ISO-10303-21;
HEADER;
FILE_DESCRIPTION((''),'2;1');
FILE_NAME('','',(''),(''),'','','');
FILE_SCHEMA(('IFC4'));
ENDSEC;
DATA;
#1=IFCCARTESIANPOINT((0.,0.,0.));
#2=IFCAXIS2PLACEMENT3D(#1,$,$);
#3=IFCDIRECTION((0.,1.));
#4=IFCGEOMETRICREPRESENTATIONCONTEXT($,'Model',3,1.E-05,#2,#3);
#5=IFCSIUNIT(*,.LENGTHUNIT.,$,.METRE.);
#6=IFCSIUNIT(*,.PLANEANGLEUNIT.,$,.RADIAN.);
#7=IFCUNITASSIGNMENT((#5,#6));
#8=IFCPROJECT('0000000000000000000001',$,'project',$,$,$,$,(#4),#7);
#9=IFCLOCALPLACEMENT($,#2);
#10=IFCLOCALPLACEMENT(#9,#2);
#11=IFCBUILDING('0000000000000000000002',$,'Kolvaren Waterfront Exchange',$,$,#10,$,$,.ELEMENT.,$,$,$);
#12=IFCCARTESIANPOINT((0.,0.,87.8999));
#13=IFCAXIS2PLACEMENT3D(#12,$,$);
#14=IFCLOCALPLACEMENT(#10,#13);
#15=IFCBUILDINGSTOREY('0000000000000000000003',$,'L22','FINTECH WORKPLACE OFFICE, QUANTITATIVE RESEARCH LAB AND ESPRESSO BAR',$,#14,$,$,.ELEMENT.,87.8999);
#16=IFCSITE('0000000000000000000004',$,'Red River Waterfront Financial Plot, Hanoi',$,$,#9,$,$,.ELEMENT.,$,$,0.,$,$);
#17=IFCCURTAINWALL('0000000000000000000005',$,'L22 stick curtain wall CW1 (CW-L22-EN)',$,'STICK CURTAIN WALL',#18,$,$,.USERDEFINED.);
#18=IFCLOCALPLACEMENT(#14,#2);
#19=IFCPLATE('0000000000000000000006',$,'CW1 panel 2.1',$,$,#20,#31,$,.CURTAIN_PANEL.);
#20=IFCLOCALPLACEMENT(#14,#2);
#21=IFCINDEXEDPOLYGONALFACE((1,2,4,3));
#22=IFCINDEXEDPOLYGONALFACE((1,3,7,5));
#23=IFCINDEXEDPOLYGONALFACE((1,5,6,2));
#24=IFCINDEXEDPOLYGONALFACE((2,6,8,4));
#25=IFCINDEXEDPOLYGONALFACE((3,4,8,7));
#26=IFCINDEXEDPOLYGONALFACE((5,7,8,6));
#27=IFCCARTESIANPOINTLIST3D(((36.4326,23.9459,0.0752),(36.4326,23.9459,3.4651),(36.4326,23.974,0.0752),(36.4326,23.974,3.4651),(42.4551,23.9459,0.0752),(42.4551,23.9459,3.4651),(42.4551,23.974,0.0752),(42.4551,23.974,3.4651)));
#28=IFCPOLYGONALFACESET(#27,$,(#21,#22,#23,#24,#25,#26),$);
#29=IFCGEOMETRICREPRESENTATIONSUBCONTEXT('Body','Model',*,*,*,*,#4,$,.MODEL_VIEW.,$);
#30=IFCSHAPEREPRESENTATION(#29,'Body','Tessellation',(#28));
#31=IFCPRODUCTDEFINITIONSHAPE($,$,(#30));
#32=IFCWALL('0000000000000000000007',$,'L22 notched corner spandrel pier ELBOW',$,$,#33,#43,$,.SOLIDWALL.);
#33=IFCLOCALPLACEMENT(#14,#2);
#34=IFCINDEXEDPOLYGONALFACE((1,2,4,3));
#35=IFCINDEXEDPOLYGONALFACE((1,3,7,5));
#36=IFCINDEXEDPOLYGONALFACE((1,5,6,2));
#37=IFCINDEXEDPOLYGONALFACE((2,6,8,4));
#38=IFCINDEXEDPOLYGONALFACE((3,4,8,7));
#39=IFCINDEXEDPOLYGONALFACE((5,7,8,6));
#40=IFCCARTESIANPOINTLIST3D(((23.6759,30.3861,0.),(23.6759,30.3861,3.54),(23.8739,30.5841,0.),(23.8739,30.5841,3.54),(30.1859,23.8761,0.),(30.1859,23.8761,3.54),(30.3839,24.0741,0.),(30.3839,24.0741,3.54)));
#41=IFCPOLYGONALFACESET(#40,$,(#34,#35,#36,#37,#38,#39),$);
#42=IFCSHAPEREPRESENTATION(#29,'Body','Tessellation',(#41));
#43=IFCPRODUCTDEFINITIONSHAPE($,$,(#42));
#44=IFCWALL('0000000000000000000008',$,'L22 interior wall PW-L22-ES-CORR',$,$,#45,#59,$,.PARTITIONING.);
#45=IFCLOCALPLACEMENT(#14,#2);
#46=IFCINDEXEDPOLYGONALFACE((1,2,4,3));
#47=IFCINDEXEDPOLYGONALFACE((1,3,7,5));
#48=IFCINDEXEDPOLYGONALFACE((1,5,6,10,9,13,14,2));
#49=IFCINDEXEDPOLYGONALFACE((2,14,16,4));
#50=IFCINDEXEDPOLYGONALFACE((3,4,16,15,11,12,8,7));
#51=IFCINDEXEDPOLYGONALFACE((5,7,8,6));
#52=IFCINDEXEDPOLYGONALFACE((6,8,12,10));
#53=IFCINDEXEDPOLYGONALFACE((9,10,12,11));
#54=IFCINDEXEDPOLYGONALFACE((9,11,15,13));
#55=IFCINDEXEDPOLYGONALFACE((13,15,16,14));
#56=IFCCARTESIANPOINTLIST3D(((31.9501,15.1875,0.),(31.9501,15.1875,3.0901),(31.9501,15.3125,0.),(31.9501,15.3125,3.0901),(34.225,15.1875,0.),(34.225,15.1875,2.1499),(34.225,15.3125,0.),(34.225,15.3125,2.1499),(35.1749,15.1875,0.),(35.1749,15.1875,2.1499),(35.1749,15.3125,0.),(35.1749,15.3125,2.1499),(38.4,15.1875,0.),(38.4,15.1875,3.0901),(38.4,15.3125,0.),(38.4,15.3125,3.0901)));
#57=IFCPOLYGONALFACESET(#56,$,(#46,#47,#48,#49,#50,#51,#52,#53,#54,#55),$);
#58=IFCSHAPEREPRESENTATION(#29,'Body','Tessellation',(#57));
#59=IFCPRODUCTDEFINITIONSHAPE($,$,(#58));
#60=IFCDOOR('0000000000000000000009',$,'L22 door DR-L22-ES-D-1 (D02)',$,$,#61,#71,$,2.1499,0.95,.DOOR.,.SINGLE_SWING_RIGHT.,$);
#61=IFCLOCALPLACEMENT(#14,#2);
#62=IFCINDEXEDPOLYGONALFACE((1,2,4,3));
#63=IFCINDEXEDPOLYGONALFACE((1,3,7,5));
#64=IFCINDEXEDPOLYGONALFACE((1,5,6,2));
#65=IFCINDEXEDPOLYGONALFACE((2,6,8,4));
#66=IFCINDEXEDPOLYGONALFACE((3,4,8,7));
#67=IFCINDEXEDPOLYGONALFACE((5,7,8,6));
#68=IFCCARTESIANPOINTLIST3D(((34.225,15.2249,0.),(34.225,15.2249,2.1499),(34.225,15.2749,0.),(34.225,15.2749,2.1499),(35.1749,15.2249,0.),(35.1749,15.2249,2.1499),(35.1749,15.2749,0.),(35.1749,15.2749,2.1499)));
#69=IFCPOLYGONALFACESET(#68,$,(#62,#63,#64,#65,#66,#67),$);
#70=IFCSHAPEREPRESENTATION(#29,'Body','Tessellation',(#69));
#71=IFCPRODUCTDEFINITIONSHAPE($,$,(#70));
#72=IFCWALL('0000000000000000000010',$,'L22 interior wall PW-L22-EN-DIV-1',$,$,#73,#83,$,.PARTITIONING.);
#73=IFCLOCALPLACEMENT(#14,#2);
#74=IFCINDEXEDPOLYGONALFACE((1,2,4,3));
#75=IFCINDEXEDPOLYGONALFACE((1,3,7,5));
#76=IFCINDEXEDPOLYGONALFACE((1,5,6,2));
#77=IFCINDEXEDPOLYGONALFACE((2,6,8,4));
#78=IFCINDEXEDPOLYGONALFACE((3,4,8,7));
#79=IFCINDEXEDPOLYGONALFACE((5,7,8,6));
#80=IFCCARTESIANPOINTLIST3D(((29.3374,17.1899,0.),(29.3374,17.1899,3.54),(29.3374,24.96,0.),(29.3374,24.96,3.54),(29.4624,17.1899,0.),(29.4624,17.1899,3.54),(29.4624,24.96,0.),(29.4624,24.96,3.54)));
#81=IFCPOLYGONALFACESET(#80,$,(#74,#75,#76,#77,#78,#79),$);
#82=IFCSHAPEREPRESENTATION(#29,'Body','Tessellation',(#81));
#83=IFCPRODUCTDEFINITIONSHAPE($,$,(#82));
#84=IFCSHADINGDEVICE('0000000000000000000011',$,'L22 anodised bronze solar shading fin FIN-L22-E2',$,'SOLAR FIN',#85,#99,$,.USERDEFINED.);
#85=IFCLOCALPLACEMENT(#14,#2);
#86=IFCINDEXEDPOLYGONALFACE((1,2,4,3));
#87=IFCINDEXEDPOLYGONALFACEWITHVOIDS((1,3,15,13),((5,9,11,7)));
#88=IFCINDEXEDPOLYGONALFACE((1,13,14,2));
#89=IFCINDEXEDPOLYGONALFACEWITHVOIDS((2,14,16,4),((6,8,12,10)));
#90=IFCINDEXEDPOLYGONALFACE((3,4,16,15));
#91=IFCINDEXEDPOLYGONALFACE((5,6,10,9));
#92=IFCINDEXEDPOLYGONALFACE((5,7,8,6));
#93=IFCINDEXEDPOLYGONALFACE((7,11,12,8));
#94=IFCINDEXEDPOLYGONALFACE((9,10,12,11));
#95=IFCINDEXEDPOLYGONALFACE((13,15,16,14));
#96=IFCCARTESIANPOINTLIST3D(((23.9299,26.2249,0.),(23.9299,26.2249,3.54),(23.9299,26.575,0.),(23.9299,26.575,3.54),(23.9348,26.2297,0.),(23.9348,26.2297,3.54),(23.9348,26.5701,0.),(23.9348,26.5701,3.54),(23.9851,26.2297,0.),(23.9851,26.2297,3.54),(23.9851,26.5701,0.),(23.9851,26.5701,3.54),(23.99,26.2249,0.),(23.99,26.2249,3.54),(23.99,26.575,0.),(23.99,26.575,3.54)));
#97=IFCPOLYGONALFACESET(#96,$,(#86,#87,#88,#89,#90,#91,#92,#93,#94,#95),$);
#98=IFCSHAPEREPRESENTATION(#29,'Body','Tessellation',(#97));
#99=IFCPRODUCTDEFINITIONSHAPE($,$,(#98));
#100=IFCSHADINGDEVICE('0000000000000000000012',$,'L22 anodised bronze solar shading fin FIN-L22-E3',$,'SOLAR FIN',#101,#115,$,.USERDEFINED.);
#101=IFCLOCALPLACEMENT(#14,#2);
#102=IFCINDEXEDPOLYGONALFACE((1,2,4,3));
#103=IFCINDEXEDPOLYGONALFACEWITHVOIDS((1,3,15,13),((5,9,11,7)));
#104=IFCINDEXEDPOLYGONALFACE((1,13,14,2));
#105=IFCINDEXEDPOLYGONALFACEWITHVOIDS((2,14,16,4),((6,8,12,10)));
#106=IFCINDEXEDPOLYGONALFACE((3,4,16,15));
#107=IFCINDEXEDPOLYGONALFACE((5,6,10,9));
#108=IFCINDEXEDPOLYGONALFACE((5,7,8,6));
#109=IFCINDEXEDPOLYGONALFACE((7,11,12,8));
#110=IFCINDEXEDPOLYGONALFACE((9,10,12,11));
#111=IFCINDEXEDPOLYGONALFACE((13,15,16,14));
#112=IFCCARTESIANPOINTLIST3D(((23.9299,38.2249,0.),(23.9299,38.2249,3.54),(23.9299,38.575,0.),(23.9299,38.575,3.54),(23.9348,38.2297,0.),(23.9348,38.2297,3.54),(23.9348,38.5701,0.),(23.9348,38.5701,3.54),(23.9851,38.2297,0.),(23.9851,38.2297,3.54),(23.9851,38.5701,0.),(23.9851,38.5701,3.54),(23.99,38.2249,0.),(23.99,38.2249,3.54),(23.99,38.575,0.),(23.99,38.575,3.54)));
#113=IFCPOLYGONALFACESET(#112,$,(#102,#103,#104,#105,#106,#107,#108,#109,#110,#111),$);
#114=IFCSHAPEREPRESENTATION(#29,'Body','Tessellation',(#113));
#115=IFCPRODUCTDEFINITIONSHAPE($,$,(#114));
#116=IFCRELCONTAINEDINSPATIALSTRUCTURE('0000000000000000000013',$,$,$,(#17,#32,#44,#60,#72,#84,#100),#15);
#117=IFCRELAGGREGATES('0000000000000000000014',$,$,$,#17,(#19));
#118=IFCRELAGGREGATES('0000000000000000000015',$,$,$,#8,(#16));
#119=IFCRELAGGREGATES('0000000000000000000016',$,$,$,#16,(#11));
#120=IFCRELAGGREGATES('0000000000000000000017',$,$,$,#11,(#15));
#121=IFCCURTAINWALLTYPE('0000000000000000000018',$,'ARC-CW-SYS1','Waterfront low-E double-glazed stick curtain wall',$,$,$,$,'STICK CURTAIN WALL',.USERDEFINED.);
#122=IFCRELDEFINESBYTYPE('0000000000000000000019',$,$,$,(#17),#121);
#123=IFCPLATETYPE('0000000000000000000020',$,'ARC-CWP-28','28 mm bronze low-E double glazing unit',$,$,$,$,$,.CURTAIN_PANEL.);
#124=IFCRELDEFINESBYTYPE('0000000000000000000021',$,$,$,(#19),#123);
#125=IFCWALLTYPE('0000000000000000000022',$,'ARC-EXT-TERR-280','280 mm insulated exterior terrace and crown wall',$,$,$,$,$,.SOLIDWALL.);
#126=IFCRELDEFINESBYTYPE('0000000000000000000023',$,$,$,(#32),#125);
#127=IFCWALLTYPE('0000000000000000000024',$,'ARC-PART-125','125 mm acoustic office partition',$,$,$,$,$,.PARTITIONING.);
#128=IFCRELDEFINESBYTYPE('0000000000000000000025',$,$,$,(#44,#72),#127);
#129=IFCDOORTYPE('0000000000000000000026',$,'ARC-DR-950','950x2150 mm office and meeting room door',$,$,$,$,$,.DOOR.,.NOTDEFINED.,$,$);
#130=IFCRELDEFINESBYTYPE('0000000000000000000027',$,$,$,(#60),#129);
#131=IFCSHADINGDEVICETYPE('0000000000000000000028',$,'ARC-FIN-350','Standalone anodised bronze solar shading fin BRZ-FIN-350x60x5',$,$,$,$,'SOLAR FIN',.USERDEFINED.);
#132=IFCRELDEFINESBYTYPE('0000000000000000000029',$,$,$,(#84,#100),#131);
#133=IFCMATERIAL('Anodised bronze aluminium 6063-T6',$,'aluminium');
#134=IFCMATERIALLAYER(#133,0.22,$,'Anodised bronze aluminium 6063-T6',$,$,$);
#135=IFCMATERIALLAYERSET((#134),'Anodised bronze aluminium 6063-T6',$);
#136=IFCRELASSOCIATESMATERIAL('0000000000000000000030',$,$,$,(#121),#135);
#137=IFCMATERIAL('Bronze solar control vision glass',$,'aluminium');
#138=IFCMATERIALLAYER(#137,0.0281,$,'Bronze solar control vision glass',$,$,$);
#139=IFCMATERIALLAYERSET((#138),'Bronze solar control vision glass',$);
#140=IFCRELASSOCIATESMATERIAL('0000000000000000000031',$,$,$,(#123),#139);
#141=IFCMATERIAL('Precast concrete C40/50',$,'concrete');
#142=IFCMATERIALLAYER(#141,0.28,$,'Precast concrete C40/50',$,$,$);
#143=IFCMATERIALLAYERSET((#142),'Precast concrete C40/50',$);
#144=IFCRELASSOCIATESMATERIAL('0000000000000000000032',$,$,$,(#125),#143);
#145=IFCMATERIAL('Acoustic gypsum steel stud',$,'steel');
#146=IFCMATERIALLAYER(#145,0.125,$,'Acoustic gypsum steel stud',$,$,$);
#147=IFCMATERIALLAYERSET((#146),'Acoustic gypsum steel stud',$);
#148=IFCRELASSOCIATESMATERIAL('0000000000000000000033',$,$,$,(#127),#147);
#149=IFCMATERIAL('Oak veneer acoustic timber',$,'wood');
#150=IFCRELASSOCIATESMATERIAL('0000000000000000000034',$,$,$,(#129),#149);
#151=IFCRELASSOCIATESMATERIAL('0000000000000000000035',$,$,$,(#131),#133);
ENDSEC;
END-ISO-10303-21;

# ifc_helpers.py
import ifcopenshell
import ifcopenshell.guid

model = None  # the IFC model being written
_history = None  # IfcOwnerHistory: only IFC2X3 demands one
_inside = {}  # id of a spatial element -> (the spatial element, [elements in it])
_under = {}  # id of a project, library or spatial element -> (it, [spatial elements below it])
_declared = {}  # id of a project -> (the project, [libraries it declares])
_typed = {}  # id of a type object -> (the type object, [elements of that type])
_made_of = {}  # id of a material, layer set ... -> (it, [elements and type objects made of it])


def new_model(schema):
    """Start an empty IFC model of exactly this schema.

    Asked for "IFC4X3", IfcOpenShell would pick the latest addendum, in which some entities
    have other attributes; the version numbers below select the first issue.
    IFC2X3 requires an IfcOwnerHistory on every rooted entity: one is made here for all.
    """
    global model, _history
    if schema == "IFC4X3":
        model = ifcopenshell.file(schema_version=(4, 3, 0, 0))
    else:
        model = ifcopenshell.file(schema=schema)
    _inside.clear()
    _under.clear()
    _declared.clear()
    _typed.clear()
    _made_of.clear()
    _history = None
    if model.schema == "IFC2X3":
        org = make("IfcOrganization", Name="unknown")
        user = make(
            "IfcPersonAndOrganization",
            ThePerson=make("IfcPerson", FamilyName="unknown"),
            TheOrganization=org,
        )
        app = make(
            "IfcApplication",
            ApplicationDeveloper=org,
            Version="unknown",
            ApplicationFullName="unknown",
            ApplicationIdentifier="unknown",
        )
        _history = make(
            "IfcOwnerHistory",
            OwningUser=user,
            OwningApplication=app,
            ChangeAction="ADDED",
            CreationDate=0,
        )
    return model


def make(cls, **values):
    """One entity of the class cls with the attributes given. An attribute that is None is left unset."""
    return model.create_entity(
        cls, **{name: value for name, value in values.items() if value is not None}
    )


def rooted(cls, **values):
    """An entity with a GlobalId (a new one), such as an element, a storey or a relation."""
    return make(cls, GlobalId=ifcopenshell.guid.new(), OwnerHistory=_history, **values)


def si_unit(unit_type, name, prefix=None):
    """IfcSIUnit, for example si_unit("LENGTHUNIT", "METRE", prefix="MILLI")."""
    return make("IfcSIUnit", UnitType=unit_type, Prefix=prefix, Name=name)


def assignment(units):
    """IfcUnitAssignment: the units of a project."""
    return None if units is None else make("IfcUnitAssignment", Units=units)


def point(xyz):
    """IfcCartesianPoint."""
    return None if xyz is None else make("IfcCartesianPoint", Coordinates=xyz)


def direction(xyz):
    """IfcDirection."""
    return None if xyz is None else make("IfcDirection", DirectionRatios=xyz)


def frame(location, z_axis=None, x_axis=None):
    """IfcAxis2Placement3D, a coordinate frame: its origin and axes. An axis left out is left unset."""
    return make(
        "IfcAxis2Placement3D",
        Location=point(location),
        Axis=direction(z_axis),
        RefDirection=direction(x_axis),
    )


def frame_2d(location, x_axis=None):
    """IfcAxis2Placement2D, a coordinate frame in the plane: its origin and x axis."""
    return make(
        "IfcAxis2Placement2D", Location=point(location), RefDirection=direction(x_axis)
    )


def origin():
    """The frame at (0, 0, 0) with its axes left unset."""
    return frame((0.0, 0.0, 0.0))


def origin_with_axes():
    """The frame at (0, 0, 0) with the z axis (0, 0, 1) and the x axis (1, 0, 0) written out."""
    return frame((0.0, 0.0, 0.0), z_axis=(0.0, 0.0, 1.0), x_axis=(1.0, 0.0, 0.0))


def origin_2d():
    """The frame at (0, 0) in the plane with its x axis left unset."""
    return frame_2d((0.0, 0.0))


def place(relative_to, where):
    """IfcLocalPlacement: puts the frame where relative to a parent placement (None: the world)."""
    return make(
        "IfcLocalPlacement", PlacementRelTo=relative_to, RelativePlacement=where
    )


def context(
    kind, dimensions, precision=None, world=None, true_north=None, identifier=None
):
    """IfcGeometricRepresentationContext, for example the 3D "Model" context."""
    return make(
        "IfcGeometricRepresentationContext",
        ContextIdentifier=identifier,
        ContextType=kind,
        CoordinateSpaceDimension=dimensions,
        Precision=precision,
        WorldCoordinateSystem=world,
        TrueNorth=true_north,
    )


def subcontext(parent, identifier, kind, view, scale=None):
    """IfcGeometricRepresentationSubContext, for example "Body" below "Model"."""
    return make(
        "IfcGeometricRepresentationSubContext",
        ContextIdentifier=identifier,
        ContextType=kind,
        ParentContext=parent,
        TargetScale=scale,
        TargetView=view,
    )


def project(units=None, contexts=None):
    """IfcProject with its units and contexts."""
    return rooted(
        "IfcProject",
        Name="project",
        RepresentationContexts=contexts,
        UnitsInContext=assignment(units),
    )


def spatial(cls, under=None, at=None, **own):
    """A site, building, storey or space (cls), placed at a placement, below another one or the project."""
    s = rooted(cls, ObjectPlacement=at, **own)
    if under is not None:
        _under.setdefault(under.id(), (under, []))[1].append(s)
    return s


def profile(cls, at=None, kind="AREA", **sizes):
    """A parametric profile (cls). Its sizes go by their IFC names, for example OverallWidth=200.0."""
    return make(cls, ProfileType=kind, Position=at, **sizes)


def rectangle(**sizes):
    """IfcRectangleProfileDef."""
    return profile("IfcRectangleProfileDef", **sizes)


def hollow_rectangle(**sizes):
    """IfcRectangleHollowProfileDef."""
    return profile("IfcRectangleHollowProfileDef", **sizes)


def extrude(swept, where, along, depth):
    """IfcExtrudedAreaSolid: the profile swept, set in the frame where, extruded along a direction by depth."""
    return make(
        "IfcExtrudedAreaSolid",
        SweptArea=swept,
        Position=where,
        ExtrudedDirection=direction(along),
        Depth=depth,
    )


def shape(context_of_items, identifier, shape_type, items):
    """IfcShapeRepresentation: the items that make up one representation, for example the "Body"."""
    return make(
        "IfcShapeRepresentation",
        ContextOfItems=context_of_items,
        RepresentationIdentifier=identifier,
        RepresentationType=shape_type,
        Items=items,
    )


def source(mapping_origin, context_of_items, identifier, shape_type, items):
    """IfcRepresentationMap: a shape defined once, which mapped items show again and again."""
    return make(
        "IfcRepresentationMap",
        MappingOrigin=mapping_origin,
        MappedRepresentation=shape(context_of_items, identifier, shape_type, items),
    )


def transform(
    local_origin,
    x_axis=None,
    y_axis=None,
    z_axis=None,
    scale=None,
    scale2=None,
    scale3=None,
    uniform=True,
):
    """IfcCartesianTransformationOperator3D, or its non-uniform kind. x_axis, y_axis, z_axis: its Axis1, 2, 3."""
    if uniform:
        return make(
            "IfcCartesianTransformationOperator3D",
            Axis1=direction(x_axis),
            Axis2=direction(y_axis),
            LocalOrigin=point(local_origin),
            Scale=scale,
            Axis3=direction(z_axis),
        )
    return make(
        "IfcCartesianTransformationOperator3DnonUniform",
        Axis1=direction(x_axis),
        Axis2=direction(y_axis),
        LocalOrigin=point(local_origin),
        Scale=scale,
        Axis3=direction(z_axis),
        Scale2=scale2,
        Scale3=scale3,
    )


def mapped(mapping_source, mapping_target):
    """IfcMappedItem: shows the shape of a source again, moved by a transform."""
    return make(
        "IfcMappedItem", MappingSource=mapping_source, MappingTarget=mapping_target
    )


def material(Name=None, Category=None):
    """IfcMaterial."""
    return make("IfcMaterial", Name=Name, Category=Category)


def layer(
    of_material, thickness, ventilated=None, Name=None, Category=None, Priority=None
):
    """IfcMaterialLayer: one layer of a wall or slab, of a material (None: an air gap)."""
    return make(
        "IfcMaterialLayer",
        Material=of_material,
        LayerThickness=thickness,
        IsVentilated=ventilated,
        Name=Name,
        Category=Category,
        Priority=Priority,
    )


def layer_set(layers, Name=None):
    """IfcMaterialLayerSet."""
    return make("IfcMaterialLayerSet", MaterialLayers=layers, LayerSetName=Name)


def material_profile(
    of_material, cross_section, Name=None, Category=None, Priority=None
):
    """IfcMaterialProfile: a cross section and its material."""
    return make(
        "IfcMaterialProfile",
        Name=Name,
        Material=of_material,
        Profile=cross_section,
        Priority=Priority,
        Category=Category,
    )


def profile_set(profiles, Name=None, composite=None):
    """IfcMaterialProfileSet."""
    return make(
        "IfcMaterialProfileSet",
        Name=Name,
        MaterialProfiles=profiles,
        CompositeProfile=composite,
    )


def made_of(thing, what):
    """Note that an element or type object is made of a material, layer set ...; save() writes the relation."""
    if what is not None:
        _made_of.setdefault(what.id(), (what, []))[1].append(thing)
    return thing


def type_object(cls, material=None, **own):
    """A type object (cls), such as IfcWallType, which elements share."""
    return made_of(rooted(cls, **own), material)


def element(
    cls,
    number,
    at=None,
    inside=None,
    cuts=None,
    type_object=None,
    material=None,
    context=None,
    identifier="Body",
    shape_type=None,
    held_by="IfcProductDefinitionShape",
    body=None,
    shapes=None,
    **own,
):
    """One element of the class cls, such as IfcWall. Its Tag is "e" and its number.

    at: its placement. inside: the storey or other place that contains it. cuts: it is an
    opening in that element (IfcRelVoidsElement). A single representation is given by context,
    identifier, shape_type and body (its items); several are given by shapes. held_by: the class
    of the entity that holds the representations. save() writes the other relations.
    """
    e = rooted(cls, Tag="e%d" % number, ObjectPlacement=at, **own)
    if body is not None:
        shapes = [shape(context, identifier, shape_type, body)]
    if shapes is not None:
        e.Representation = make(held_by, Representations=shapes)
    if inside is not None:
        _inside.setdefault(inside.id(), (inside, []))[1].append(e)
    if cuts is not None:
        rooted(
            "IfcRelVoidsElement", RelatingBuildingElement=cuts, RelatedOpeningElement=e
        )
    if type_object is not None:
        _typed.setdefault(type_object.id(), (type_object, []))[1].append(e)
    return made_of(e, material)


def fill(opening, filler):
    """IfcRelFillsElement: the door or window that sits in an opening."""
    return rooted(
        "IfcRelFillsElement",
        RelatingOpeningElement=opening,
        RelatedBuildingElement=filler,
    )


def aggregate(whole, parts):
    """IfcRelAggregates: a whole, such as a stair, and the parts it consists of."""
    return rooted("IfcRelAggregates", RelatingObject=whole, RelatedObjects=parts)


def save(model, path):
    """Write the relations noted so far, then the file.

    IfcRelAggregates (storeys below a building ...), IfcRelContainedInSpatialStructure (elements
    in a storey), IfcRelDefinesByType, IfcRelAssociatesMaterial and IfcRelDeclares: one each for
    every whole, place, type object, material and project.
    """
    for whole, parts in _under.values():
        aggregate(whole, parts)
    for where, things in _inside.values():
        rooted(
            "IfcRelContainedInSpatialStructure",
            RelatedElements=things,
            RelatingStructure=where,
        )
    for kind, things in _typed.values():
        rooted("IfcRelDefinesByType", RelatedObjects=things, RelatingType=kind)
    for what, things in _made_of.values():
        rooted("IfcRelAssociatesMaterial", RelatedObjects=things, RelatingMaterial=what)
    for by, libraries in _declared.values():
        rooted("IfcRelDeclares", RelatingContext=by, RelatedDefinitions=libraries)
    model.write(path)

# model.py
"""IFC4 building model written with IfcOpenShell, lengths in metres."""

from ifc_helpers import new_model, si_unit, direction, frame, frame_2d, origin, origin_with_axes, origin_2d, place, context, subcontext, project, spatial, rectangle, hollow_rectangle, extrude, source, transform, mapped, material, layer, layer_set, material_profile, profile_set, type_object, element, fill, aggregate, save


model = new_model("IFC4")

# Units and contexts
model_context = context("Model", 3, precision=1e-05, world=origin(), true_north=direction((0.0, 1.0)))
body_context = subcontext(model_context, "Body", "Model", "MODEL_VIEW")
ifc_project = project(units=[si_unit("LENGTHUNIT", "METRE"), si_unit("PLANEANGLEUNIT", "RADIAN")], contexts=[model_context])

# Site, building, storey
site_placement = place(None, origin())
site = spatial("IfcSite", under=ifc_project, at=site_placement, Name="Red River Waterfront Financial Plot, Hanoi", CompositionType="ELEMENT", RefElevation=0.0)
building_placement = place(site_placement, origin())
building = spatial("IfcBuilding", under=site, at=building_placement, Name="Kolvaren Waterfront Exchange", CompositionType="ELEMENT")
storey_placement = place(building_placement, frame((0.0, 0.0, 87.8999)))
storey = spatial("IfcBuildingStorey", under=building, at=storey_placement, Name="L22", Description="FINTECH WORKPLACE OFFICE, QUANTITATIVE RESEARCH LAB AND ESPRESSO BAR", CompositionType="ELEMENT", Elevation=87.8999)

# Curtain wall, plate
ifc_material_1 = material(Name="Anodised bronze aluminium 6063-T6", Category="aluminium")
ifc_layer_1 = layer(ifc_material_1, 0.22, Name="Anodised bronze aluminium 6063-T6")
ifc_layer_set_1 = layer_set([ifc_layer_1], Name="Anodised bronze aluminium 6063-T6")
curtain_wall_type = type_object("IfcCurtainWallType", Name="ARC-CW-SYS1", Description="Waterfront low-E double-glazed stick curtain wall", ElementType="STICK CURTAIN WALL", PredefinedType="USERDEFINED", material=ifc_layer_set_1)
curtain_wall_placement = place(storey_placement, origin())
curtain_wall = element("IfcCurtainWall", 1, at=curtain_wall_placement, inside=storey, type_object=curtain_wall_type, Name="L22 stick curtain wall CW1 (CW-L22-EN)", ObjectType="STICK CURTAIN WALL", PredefinedType="USERDEFINED")
ifc_material_2 = material(Name="Bronze solar control vision glass", Category="aluminium")
ifc_layer_2 = layer(ifc_material_2, 0.0281, Name="Bronze solar control vision glass")
ifc_layer_set_2 = layer_set([ifc_layer_2], Name="Bronze solar control vision glass")
plate_type = type_object("IfcPlateType", Name="ARC-CWP-28", Description="28 mm bronze low-E double glazing unit", PredefinedType="CURTAIN_PANEL", material=ifc_layer_set_2)
shared_shape_1 = source(origin_with_axes(), body_context, "Body", "SweptSolid", [
    extrude(rectangle(XDim=6.0225, YDim=0.0281, at=origin_2d()), origin(), (0.0, 0.0, 1.0), 3.3899),
])
plate_1_placement = place(storey_placement, frame((39.4438, 23.96, 0.0752), z_axis=(0.0, 0.0, 1.0), x_axis=(1.0, 0.0, 0.0)))
plate_1 = element("IfcPlate", 2, at=plate_1_placement, type_object=plate_type, Name="CW1 panel 2.1", PredefinedType="CURTAIN_PANEL", context=body_context, shape_type="MappedRepresentation", body=[
    mapped(shared_shape_1, transform((0.0, 0.0, 0.0), x_axis=(1.0, 0.0, 0.0), y_axis=(0.0, 1.0, 0.0), z_axis=(0.0, 0.0, 1.0), scale=1.0)),
])
aggregate(curtain_wall, [plate_1])

# Wall
ifc_material_3 = material(Name="Precast concrete C40/50", Category="concrete")
ifc_layer_3 = layer(ifc_material_3, 0.28, Name="Precast concrete C40/50")
ifc_layer_set_3 = layer_set([ifc_layer_3], Name="Precast concrete C40/50")
wall_type_1 = type_object("IfcWallType", Name="ARC-EXT-TERR-280", Description="280 mm insulated exterior terrace and crown wall", PredefinedType="SOLIDWALL", material=ifc_layer_set_3)
wall_1_placement = place(storey_placement, frame((30.2849, 23.9751, 0.0), z_axis=(0.0, 0.0, 1.0), x_axis=(-0.707107, 0.707107, 0.0)))
element("IfcWall", 3, at=wall_1_placement, inside=storey, type_object=wall_type_1, Name="L22 notched corner spandrel pier ELBOW", PredefinedType="SOLIDWALL", context=body_context, shape_type="SweptSolid", body=[
    extrude(rectangle(XDim=9.2065, YDim=0.28, at=frame_2d((4.6033, 0.0))), origin(), (0.0, 0.0, 1.0), 3.54),
])

# Wall, opening, door
ifc_material_4 = material(Name="Acoustic gypsum steel stud", Category="steel")
ifc_layer_4 = layer(ifc_material_4, 0.125, Name="Acoustic gypsum steel stud")
ifc_layer_set_4 = layer_set([ifc_layer_4], Name="Acoustic gypsum steel stud")
wall_type_2 = type_object("IfcWallType", Name="ARC-PART-125", Description="125 mm acoustic office partition", PredefinedType="PARTITIONING", material=ifc_layer_set_4)
wall_2_placement = place(storey_placement, frame((31.95, 15.25, 0.0), z_axis=(0.0, 0.0, 1.0), x_axis=(1.0, 0.0, 0.0)))
wall_2 = element("IfcWall", 4, at=wall_2_placement, inside=storey, type_object=wall_type_2, Name="L22 interior wall PW-L22-ES-CORR", PredefinedType="PARTITIONING", context=body_context, shape_type="SweptSolid", body=[
    extrude(rectangle(XDim=6.45, YDim=0.125, at=frame_2d((3.2251, 0.0))), origin(), (0.0, 0.0, 1.0), 3.0901),
])
opening_placement = place(wall_2_placement, frame((2.2749, 0.0, 0.0)))
opening = element("IfcOpeningElement", 5, at=opening_placement, cuts=wall_2, PredefinedType="OPENING", context=body_context, shape_type="SweptSolid", body=[
    extrude(rectangle(XDim=0.95, YDim=2.1499, at=frame_2d((0.4751, 1.075))), frame((0.0, 0.0725, 0.0), z_axis=(0.0, -1.0, 0.0), x_axis=(1.0, 0.0, 0.0)), (0.0, 0.0, 1.0), 0.145),
])
ifc_material_5 = material(Name="Oak veneer acoustic timber", Category="wood")
door_type = type_object("IfcDoorType", Name="ARC-DR-950", Description="950x2150 mm office and meeting room door", OperationType="NOTDEFINED", PredefinedType="DOOR", material=ifc_material_5)
door_placement = place(opening_placement, origin())
door = element("IfcDoor", 6, at=door_placement, inside=storey, type_object=door_type, Name="L22 door DR-L22-ES-D-1 (D02)", OperationType="SINGLE_SWING_RIGHT", OverallHeight=2.1499, OverallWidth=0.95, PredefinedType="DOOR", context=body_context, shape_type="SweptSolid", body=[
    extrude(rectangle(XDim=0.95, YDim=2.1499, at=frame_2d((0.4751, 1.075))), frame((0.0, 0.0249, 0.0), z_axis=(0.0, -1.0, 0.0), x_axis=(1.0, 0.0, 0.0)), (0.0, 0.0, 1.0), 0.05),
])
fill(opening, door)

# Wall
wall_3_placement = place(storey_placement, frame((29.3999, 17.1899, 0.0), z_axis=(0.0, 0.0, 1.0), x_axis=(0.0, 1.0, 0.0)))
element("IfcWall", 7, at=wall_3_placement, inside=storey, type_object=wall_type_2, Name="L22 interior wall PW-L22-EN-DIV-1", PredefinedType="PARTITIONING", context=body_context, shape_type="SweptSolid", body=[
    extrude(rectangle(XDim=7.77, YDim=0.125, at=frame_2d((3.885, 0.0))), origin(), (0.0, 0.0, 1.0), 3.54),
])

# Shading devices
ifc_material_profile_1 = material_profile(ifc_material_1, hollow_rectangle(XDim=0.0601, YDim=0.3501, WallThickness=0.0049, at=origin_2d()), Name="BRZ-FIN-350x60x5")
ifc_profile_set_1 = profile_set([ifc_material_profile_1], Name="Anodised bronze aluminium 6063-T6")
shading_device_type = type_object("IfcShadingDeviceType", Name="ARC-FIN-350", Description="Standalone anodised bronze solar shading fin BRZ-FIN-350x60x5", ElementType="SOLAR FIN", PredefinedType="USERDEFINED", material=ifc_profile_set_1)
for number, where, z_axis, x_axis, name in (
    (8, (23.96, 26.3999, 0.0), (0.0, 0.0, 1.0), (1.0, 0.0, 0.0), "L22 anodised bronze solar shading fin FIN-L22-E2"),
    (9, (23.96, 38.3999, 0.0), (0.0, 0.0, 1.0), (1.0, 0.0, 0.0), "L22 anodised bronze solar shading fin FIN-L22-E3"),
):
    element("IfcShadingDevice", number, at=place(storey_placement, frame(where, z_axis=z_axis, x_axis=x_axis)), inside=storey, type_object=shading_device_type, Name=name, ObjectType="SOLAR FIN", PredefinedType="USERDEFINED", context=body_context, shape_type="SweptSolid", body=[
        extrude(hollow_rectangle(XDim=0.0601, YDim=0.3501, WallThickness=0.0049, at=origin_2d()), origin(), (0.0, 0.0, 1.0), 3.54),
    ])

save(model, "model.ifc")
